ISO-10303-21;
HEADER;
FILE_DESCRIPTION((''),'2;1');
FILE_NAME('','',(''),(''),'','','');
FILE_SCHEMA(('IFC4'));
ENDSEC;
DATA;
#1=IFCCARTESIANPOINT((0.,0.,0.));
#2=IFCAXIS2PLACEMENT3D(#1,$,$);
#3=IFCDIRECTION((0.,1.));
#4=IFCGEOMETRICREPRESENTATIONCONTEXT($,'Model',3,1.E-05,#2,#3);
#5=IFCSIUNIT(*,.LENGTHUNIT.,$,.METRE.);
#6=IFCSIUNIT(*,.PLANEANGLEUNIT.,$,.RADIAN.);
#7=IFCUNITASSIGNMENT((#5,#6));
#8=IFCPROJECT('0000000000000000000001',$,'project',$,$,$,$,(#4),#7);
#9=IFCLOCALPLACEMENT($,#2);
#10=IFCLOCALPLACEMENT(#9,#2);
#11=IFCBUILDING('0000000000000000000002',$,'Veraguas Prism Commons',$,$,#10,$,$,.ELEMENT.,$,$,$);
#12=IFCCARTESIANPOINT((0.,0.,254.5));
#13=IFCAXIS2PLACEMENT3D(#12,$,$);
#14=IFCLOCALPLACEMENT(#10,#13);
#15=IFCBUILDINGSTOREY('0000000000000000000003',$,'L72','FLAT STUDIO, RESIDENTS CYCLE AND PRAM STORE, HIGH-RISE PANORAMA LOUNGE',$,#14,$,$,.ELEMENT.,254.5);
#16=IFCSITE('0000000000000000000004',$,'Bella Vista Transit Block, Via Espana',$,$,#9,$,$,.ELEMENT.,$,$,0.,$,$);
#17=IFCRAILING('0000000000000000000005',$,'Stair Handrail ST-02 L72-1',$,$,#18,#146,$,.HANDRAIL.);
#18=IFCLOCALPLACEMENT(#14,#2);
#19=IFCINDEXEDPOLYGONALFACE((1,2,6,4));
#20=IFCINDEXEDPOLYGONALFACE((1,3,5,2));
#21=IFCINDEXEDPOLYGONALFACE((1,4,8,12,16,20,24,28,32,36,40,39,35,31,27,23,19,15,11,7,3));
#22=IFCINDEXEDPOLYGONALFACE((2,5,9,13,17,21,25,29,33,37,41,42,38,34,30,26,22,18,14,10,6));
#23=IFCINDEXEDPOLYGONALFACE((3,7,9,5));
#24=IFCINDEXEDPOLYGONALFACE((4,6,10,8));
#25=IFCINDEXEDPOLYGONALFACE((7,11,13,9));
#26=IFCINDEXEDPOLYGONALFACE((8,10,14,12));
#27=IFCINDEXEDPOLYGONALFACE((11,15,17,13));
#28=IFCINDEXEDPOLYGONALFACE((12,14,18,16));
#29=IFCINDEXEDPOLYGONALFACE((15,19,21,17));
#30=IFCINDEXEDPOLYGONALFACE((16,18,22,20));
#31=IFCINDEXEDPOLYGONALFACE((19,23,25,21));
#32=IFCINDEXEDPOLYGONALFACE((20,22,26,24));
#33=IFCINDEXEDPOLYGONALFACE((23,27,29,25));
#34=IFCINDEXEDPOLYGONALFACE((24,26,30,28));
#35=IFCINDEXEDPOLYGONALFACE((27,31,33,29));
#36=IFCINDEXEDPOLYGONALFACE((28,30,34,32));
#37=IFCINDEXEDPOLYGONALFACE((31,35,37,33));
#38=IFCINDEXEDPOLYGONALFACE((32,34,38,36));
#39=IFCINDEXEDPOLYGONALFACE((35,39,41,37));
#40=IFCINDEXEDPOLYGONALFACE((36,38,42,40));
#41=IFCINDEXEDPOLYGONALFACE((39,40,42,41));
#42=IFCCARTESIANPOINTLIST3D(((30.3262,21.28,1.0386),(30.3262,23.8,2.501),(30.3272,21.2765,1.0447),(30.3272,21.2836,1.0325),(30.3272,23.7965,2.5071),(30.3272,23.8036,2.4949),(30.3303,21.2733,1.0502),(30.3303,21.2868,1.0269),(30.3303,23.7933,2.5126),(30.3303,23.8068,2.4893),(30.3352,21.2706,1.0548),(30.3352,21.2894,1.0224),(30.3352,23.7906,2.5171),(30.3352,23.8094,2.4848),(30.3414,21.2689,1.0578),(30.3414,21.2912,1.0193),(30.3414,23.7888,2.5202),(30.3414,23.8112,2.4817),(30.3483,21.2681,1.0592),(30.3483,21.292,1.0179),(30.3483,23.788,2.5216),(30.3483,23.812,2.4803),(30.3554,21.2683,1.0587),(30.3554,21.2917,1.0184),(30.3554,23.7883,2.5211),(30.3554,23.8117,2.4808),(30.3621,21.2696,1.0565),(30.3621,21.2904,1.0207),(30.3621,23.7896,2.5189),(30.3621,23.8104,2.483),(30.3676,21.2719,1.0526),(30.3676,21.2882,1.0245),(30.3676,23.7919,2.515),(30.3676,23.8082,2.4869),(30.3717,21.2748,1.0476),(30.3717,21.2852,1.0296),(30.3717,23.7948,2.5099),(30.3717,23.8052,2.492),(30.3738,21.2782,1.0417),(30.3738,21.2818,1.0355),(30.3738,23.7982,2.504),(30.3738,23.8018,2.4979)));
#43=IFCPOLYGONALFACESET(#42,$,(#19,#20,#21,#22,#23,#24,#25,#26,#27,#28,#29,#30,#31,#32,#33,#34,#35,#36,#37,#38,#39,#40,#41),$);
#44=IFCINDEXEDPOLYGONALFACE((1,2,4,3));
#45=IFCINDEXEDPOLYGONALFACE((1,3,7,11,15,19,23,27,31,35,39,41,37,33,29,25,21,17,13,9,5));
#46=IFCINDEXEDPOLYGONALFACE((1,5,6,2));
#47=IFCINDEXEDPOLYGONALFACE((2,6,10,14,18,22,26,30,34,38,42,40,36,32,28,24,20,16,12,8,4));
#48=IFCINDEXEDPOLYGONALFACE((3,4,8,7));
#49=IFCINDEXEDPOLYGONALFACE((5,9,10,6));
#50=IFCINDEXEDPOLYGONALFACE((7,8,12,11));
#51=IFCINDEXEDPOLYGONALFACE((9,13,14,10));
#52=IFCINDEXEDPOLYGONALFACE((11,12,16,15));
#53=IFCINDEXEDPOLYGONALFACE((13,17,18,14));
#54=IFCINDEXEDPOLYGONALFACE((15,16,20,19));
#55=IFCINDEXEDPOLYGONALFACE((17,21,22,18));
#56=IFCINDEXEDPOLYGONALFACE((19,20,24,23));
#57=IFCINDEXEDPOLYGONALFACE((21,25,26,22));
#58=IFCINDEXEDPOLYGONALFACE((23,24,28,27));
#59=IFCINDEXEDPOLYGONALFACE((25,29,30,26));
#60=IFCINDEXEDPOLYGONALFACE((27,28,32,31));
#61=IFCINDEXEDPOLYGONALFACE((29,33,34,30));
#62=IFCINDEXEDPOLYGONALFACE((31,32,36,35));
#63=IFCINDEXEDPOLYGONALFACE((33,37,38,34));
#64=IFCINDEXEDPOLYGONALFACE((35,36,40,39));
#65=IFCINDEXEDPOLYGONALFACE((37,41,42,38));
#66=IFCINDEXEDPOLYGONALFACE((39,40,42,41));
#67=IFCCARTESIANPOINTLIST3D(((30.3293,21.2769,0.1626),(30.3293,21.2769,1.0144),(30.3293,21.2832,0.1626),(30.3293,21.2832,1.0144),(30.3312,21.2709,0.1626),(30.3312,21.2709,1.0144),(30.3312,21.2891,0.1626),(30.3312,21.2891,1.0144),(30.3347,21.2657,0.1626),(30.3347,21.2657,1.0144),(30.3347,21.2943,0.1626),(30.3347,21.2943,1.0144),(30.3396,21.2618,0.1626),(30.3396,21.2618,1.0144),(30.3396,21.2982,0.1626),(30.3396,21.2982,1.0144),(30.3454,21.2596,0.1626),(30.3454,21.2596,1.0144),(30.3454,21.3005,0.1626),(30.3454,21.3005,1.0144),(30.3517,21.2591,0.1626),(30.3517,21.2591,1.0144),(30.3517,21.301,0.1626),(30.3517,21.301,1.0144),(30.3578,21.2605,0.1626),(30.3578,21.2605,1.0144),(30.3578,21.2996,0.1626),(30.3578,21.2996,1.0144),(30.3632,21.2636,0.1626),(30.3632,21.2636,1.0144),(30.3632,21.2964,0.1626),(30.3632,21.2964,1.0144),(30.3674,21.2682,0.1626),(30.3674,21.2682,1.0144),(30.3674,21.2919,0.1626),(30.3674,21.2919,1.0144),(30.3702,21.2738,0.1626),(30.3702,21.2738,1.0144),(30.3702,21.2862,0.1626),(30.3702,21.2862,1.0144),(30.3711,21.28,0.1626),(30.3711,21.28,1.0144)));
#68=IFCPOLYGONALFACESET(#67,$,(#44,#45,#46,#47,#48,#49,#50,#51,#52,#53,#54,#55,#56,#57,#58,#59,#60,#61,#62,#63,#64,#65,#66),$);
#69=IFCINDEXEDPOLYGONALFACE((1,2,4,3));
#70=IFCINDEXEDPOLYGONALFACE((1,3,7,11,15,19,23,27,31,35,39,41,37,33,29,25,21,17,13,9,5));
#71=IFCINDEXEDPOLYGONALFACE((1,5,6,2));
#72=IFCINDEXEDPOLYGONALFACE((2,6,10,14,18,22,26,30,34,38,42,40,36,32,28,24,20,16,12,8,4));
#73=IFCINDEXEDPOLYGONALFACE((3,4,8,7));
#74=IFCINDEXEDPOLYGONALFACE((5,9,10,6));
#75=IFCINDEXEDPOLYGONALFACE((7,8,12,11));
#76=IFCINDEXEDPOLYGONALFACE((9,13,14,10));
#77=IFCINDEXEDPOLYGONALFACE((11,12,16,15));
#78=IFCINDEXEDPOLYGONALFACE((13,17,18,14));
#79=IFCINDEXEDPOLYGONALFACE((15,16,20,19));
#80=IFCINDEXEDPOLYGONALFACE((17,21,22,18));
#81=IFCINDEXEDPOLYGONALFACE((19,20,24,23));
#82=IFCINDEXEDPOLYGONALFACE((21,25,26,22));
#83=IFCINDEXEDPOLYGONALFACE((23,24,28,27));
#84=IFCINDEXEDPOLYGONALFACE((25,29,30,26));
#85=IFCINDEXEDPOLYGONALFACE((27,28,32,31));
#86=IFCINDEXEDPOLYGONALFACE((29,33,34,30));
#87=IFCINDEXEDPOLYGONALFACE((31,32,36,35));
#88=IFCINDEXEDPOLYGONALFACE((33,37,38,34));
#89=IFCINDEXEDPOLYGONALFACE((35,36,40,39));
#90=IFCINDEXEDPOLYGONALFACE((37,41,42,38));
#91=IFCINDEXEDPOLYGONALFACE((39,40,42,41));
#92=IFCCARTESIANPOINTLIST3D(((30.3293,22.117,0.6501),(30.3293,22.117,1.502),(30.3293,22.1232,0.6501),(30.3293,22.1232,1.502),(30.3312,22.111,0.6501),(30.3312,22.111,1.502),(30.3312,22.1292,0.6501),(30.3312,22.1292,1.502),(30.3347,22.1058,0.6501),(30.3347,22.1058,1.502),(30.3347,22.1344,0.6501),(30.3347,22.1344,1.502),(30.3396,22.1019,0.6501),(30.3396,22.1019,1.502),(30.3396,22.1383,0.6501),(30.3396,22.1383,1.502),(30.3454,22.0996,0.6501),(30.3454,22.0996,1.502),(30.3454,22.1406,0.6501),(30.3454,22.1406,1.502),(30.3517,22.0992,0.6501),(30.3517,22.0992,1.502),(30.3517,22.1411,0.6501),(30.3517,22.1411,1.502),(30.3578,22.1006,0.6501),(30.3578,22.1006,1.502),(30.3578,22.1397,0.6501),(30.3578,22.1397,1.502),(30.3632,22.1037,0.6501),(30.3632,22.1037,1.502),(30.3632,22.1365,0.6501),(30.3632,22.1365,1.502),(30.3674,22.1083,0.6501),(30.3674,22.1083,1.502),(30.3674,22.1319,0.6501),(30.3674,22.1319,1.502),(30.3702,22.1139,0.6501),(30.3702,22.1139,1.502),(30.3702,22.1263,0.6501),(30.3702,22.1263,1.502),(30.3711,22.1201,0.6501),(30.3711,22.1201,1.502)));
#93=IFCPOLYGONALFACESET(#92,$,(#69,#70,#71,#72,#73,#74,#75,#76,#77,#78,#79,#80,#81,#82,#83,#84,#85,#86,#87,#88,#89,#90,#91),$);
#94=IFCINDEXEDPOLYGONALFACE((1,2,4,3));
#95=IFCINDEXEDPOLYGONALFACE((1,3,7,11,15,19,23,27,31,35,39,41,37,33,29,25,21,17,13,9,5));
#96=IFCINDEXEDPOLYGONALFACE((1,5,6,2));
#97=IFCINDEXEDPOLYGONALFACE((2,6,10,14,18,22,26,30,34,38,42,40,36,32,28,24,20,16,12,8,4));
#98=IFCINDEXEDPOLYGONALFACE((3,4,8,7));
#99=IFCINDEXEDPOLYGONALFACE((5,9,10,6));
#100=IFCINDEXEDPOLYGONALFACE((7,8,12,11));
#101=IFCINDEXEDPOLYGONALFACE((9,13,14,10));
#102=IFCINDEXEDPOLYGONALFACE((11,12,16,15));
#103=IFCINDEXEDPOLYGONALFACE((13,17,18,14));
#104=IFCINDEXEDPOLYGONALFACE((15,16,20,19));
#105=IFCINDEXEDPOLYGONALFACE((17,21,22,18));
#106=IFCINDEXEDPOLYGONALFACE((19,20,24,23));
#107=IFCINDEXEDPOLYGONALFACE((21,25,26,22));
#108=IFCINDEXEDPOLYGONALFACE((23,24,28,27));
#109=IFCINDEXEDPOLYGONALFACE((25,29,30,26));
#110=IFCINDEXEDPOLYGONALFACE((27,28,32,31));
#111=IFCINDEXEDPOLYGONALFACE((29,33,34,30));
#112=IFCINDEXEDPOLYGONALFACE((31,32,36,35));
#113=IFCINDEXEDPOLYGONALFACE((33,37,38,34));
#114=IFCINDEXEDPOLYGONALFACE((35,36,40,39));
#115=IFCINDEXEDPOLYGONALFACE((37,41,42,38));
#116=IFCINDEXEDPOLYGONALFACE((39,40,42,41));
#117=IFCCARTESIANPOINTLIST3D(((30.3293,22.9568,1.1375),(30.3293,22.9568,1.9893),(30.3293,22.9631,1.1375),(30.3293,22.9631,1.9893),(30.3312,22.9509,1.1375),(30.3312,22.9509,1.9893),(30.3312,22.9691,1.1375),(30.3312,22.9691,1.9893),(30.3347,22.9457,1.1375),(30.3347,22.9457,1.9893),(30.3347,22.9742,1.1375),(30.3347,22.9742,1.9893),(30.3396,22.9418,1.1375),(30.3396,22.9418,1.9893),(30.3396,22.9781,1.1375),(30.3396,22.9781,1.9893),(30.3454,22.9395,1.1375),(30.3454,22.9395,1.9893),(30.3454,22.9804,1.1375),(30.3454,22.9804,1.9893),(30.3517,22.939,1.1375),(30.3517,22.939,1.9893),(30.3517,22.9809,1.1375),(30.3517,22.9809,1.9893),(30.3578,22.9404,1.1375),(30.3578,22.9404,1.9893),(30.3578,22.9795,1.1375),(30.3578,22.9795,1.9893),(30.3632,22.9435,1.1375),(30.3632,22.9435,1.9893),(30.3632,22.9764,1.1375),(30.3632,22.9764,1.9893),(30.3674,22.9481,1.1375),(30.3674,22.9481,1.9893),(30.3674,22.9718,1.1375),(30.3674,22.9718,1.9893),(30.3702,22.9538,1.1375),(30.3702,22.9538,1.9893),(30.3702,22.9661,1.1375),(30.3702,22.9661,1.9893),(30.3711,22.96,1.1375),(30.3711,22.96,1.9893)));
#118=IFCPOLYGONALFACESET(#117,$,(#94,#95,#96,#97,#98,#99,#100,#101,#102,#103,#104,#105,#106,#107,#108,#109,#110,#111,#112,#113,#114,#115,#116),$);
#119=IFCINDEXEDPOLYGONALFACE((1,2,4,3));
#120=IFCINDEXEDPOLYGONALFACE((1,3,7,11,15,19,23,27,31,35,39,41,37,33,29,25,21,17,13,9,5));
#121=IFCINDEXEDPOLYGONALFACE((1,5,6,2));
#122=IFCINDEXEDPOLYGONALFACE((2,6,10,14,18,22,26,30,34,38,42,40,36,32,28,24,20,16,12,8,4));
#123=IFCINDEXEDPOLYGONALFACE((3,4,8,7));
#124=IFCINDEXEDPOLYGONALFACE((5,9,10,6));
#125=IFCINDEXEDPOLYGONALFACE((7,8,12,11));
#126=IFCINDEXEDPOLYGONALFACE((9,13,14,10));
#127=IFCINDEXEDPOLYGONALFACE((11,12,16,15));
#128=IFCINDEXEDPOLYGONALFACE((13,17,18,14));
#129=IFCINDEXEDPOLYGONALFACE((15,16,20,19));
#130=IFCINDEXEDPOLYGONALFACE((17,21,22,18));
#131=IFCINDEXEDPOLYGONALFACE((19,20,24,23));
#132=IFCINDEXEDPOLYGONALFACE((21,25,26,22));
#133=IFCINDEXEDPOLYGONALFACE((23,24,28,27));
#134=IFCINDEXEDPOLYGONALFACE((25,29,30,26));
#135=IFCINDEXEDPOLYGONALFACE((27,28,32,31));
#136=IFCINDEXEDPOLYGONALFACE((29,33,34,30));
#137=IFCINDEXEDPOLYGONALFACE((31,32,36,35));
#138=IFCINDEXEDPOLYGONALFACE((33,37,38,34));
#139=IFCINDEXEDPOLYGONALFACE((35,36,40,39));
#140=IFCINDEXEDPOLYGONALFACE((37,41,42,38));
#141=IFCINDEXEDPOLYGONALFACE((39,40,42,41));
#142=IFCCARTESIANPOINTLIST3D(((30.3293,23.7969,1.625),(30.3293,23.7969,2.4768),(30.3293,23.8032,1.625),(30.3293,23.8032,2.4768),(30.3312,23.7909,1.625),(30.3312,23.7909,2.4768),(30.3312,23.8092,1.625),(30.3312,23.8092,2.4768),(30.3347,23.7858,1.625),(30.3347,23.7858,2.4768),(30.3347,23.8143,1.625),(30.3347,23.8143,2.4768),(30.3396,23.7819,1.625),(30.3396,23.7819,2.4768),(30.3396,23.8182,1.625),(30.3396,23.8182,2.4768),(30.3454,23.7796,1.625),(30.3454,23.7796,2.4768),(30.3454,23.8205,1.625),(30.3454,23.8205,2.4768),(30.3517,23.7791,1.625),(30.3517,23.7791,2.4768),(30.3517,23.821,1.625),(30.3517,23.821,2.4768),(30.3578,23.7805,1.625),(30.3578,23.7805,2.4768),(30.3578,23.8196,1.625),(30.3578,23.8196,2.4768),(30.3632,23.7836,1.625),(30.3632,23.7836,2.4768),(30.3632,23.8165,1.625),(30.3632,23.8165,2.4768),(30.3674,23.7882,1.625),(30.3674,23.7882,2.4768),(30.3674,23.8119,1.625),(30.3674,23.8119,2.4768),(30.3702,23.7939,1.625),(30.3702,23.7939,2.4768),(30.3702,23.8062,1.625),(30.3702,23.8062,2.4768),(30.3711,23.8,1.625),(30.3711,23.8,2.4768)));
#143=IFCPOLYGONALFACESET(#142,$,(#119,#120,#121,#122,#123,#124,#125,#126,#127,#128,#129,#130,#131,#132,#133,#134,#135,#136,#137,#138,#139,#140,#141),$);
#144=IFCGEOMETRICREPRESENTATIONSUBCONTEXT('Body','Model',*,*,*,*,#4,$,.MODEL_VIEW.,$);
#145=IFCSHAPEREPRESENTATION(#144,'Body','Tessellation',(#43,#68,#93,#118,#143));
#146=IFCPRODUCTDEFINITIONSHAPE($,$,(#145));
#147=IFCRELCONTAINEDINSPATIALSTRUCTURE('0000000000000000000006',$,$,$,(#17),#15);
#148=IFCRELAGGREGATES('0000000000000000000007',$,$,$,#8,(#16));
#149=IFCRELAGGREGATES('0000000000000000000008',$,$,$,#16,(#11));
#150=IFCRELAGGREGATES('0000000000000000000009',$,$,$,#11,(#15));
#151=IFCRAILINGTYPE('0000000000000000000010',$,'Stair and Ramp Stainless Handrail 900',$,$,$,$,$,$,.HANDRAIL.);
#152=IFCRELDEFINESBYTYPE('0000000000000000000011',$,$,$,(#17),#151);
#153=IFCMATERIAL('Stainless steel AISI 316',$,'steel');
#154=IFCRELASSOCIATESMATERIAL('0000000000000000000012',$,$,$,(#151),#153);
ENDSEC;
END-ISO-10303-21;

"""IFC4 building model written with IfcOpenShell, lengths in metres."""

from ifc_helpers import new_model, si_unit, direction, frame, origin, origin_2d, place, context, subcontext, project, spatial, circle, extrude, material, type_object, element, save


model = new_model("IFC4")

# Units and contexts
model_context = context("Model", 3, precision=1e-05, world=origin(), true_north=direction((0.0, 1.0)))
body_context = subcontext(model_context, "Body", "Model", "MODEL_VIEW")
ifc_project = project(units=[si_unit("LENGTHUNIT", "METRE"), si_unit("PLANEANGLEUNIT", "RADIAN")], contexts=[model_context])

# Site, building, storey
site_placement = place(None, origin())
site = spatial("IfcSite", under=ifc_project, at=site_placement, Name="Bella Vista Transit Block, Via Espana", CompositionType="ELEMENT", RefElevation=0.0)
building_placement = place(site_placement, origin())
building = spatial("IfcBuilding", under=site, at=building_placement, Name="Veraguas Prism Commons", CompositionType="ELEMENT")
storey_placement = place(building_placement, frame((0.0, 0.0, 254.5)))
storey = spatial("IfcBuildingStorey", under=building, at=storey_placement, Name="L72", Description="FLAT STUDIO, RESIDENTS CYCLE AND PRAM STORE, HIGH-RISE PANORAMA LOUNGE", CompositionType="ELEMENT", Elevation=254.5)

# Railing
ifc_material_1 = material(Name="Stainless steel AISI 316", Category="steel")
railing_type_1 = type_object("IfcRailingType", Name="Stair and Ramp Stainless Handrail 900", PredefinedType="HANDRAIL", material=ifc_material_1)
railing_1_placement = place(storey_placement, frame((30.3501, 21.28, 0.1626)))
element("IfcRailing", 1, at=railing_1_placement, inside=storey, type_object=railing_type_1, Name="Stair Handrail ST-02 L72-1", PredefinedType="HANDRAIL", context=body_context, shape_type="SweptSolid", body=[
    extrude(circle(Radius=0.0239, at=origin_2d()), frame((0.0, 0.0, 0.876), z_axis=(0.0, 0.864913, 0.501921), x_axis=(-1.0, 0.0, 0.0)), (0.0, 0.0, 1.0), 2.9136),
    extrude(circle(Radius=0.021, at=origin_2d()), origin(), (0.0, 0.0, 1.0), 0.8518),
    extrude(circle(Radius=0.021, at=origin_2d()), frame((0.0, 0.8401, 0.4875)), (0.0, 0.0, 1.0), 0.8518),
    extrude(circle(Radius=0.021, at=origin_2d()), frame((0.0, 1.6799, 0.9749)), (0.0, 0.0, 1.0), 0.8518),
    extrude(circle(Radius=0.021, at=origin_2d()), frame((0.0, 2.52, 1.4624)), (0.0, 0.0, 1.0), 0.8518),
])

save(model, "model.ifc")
